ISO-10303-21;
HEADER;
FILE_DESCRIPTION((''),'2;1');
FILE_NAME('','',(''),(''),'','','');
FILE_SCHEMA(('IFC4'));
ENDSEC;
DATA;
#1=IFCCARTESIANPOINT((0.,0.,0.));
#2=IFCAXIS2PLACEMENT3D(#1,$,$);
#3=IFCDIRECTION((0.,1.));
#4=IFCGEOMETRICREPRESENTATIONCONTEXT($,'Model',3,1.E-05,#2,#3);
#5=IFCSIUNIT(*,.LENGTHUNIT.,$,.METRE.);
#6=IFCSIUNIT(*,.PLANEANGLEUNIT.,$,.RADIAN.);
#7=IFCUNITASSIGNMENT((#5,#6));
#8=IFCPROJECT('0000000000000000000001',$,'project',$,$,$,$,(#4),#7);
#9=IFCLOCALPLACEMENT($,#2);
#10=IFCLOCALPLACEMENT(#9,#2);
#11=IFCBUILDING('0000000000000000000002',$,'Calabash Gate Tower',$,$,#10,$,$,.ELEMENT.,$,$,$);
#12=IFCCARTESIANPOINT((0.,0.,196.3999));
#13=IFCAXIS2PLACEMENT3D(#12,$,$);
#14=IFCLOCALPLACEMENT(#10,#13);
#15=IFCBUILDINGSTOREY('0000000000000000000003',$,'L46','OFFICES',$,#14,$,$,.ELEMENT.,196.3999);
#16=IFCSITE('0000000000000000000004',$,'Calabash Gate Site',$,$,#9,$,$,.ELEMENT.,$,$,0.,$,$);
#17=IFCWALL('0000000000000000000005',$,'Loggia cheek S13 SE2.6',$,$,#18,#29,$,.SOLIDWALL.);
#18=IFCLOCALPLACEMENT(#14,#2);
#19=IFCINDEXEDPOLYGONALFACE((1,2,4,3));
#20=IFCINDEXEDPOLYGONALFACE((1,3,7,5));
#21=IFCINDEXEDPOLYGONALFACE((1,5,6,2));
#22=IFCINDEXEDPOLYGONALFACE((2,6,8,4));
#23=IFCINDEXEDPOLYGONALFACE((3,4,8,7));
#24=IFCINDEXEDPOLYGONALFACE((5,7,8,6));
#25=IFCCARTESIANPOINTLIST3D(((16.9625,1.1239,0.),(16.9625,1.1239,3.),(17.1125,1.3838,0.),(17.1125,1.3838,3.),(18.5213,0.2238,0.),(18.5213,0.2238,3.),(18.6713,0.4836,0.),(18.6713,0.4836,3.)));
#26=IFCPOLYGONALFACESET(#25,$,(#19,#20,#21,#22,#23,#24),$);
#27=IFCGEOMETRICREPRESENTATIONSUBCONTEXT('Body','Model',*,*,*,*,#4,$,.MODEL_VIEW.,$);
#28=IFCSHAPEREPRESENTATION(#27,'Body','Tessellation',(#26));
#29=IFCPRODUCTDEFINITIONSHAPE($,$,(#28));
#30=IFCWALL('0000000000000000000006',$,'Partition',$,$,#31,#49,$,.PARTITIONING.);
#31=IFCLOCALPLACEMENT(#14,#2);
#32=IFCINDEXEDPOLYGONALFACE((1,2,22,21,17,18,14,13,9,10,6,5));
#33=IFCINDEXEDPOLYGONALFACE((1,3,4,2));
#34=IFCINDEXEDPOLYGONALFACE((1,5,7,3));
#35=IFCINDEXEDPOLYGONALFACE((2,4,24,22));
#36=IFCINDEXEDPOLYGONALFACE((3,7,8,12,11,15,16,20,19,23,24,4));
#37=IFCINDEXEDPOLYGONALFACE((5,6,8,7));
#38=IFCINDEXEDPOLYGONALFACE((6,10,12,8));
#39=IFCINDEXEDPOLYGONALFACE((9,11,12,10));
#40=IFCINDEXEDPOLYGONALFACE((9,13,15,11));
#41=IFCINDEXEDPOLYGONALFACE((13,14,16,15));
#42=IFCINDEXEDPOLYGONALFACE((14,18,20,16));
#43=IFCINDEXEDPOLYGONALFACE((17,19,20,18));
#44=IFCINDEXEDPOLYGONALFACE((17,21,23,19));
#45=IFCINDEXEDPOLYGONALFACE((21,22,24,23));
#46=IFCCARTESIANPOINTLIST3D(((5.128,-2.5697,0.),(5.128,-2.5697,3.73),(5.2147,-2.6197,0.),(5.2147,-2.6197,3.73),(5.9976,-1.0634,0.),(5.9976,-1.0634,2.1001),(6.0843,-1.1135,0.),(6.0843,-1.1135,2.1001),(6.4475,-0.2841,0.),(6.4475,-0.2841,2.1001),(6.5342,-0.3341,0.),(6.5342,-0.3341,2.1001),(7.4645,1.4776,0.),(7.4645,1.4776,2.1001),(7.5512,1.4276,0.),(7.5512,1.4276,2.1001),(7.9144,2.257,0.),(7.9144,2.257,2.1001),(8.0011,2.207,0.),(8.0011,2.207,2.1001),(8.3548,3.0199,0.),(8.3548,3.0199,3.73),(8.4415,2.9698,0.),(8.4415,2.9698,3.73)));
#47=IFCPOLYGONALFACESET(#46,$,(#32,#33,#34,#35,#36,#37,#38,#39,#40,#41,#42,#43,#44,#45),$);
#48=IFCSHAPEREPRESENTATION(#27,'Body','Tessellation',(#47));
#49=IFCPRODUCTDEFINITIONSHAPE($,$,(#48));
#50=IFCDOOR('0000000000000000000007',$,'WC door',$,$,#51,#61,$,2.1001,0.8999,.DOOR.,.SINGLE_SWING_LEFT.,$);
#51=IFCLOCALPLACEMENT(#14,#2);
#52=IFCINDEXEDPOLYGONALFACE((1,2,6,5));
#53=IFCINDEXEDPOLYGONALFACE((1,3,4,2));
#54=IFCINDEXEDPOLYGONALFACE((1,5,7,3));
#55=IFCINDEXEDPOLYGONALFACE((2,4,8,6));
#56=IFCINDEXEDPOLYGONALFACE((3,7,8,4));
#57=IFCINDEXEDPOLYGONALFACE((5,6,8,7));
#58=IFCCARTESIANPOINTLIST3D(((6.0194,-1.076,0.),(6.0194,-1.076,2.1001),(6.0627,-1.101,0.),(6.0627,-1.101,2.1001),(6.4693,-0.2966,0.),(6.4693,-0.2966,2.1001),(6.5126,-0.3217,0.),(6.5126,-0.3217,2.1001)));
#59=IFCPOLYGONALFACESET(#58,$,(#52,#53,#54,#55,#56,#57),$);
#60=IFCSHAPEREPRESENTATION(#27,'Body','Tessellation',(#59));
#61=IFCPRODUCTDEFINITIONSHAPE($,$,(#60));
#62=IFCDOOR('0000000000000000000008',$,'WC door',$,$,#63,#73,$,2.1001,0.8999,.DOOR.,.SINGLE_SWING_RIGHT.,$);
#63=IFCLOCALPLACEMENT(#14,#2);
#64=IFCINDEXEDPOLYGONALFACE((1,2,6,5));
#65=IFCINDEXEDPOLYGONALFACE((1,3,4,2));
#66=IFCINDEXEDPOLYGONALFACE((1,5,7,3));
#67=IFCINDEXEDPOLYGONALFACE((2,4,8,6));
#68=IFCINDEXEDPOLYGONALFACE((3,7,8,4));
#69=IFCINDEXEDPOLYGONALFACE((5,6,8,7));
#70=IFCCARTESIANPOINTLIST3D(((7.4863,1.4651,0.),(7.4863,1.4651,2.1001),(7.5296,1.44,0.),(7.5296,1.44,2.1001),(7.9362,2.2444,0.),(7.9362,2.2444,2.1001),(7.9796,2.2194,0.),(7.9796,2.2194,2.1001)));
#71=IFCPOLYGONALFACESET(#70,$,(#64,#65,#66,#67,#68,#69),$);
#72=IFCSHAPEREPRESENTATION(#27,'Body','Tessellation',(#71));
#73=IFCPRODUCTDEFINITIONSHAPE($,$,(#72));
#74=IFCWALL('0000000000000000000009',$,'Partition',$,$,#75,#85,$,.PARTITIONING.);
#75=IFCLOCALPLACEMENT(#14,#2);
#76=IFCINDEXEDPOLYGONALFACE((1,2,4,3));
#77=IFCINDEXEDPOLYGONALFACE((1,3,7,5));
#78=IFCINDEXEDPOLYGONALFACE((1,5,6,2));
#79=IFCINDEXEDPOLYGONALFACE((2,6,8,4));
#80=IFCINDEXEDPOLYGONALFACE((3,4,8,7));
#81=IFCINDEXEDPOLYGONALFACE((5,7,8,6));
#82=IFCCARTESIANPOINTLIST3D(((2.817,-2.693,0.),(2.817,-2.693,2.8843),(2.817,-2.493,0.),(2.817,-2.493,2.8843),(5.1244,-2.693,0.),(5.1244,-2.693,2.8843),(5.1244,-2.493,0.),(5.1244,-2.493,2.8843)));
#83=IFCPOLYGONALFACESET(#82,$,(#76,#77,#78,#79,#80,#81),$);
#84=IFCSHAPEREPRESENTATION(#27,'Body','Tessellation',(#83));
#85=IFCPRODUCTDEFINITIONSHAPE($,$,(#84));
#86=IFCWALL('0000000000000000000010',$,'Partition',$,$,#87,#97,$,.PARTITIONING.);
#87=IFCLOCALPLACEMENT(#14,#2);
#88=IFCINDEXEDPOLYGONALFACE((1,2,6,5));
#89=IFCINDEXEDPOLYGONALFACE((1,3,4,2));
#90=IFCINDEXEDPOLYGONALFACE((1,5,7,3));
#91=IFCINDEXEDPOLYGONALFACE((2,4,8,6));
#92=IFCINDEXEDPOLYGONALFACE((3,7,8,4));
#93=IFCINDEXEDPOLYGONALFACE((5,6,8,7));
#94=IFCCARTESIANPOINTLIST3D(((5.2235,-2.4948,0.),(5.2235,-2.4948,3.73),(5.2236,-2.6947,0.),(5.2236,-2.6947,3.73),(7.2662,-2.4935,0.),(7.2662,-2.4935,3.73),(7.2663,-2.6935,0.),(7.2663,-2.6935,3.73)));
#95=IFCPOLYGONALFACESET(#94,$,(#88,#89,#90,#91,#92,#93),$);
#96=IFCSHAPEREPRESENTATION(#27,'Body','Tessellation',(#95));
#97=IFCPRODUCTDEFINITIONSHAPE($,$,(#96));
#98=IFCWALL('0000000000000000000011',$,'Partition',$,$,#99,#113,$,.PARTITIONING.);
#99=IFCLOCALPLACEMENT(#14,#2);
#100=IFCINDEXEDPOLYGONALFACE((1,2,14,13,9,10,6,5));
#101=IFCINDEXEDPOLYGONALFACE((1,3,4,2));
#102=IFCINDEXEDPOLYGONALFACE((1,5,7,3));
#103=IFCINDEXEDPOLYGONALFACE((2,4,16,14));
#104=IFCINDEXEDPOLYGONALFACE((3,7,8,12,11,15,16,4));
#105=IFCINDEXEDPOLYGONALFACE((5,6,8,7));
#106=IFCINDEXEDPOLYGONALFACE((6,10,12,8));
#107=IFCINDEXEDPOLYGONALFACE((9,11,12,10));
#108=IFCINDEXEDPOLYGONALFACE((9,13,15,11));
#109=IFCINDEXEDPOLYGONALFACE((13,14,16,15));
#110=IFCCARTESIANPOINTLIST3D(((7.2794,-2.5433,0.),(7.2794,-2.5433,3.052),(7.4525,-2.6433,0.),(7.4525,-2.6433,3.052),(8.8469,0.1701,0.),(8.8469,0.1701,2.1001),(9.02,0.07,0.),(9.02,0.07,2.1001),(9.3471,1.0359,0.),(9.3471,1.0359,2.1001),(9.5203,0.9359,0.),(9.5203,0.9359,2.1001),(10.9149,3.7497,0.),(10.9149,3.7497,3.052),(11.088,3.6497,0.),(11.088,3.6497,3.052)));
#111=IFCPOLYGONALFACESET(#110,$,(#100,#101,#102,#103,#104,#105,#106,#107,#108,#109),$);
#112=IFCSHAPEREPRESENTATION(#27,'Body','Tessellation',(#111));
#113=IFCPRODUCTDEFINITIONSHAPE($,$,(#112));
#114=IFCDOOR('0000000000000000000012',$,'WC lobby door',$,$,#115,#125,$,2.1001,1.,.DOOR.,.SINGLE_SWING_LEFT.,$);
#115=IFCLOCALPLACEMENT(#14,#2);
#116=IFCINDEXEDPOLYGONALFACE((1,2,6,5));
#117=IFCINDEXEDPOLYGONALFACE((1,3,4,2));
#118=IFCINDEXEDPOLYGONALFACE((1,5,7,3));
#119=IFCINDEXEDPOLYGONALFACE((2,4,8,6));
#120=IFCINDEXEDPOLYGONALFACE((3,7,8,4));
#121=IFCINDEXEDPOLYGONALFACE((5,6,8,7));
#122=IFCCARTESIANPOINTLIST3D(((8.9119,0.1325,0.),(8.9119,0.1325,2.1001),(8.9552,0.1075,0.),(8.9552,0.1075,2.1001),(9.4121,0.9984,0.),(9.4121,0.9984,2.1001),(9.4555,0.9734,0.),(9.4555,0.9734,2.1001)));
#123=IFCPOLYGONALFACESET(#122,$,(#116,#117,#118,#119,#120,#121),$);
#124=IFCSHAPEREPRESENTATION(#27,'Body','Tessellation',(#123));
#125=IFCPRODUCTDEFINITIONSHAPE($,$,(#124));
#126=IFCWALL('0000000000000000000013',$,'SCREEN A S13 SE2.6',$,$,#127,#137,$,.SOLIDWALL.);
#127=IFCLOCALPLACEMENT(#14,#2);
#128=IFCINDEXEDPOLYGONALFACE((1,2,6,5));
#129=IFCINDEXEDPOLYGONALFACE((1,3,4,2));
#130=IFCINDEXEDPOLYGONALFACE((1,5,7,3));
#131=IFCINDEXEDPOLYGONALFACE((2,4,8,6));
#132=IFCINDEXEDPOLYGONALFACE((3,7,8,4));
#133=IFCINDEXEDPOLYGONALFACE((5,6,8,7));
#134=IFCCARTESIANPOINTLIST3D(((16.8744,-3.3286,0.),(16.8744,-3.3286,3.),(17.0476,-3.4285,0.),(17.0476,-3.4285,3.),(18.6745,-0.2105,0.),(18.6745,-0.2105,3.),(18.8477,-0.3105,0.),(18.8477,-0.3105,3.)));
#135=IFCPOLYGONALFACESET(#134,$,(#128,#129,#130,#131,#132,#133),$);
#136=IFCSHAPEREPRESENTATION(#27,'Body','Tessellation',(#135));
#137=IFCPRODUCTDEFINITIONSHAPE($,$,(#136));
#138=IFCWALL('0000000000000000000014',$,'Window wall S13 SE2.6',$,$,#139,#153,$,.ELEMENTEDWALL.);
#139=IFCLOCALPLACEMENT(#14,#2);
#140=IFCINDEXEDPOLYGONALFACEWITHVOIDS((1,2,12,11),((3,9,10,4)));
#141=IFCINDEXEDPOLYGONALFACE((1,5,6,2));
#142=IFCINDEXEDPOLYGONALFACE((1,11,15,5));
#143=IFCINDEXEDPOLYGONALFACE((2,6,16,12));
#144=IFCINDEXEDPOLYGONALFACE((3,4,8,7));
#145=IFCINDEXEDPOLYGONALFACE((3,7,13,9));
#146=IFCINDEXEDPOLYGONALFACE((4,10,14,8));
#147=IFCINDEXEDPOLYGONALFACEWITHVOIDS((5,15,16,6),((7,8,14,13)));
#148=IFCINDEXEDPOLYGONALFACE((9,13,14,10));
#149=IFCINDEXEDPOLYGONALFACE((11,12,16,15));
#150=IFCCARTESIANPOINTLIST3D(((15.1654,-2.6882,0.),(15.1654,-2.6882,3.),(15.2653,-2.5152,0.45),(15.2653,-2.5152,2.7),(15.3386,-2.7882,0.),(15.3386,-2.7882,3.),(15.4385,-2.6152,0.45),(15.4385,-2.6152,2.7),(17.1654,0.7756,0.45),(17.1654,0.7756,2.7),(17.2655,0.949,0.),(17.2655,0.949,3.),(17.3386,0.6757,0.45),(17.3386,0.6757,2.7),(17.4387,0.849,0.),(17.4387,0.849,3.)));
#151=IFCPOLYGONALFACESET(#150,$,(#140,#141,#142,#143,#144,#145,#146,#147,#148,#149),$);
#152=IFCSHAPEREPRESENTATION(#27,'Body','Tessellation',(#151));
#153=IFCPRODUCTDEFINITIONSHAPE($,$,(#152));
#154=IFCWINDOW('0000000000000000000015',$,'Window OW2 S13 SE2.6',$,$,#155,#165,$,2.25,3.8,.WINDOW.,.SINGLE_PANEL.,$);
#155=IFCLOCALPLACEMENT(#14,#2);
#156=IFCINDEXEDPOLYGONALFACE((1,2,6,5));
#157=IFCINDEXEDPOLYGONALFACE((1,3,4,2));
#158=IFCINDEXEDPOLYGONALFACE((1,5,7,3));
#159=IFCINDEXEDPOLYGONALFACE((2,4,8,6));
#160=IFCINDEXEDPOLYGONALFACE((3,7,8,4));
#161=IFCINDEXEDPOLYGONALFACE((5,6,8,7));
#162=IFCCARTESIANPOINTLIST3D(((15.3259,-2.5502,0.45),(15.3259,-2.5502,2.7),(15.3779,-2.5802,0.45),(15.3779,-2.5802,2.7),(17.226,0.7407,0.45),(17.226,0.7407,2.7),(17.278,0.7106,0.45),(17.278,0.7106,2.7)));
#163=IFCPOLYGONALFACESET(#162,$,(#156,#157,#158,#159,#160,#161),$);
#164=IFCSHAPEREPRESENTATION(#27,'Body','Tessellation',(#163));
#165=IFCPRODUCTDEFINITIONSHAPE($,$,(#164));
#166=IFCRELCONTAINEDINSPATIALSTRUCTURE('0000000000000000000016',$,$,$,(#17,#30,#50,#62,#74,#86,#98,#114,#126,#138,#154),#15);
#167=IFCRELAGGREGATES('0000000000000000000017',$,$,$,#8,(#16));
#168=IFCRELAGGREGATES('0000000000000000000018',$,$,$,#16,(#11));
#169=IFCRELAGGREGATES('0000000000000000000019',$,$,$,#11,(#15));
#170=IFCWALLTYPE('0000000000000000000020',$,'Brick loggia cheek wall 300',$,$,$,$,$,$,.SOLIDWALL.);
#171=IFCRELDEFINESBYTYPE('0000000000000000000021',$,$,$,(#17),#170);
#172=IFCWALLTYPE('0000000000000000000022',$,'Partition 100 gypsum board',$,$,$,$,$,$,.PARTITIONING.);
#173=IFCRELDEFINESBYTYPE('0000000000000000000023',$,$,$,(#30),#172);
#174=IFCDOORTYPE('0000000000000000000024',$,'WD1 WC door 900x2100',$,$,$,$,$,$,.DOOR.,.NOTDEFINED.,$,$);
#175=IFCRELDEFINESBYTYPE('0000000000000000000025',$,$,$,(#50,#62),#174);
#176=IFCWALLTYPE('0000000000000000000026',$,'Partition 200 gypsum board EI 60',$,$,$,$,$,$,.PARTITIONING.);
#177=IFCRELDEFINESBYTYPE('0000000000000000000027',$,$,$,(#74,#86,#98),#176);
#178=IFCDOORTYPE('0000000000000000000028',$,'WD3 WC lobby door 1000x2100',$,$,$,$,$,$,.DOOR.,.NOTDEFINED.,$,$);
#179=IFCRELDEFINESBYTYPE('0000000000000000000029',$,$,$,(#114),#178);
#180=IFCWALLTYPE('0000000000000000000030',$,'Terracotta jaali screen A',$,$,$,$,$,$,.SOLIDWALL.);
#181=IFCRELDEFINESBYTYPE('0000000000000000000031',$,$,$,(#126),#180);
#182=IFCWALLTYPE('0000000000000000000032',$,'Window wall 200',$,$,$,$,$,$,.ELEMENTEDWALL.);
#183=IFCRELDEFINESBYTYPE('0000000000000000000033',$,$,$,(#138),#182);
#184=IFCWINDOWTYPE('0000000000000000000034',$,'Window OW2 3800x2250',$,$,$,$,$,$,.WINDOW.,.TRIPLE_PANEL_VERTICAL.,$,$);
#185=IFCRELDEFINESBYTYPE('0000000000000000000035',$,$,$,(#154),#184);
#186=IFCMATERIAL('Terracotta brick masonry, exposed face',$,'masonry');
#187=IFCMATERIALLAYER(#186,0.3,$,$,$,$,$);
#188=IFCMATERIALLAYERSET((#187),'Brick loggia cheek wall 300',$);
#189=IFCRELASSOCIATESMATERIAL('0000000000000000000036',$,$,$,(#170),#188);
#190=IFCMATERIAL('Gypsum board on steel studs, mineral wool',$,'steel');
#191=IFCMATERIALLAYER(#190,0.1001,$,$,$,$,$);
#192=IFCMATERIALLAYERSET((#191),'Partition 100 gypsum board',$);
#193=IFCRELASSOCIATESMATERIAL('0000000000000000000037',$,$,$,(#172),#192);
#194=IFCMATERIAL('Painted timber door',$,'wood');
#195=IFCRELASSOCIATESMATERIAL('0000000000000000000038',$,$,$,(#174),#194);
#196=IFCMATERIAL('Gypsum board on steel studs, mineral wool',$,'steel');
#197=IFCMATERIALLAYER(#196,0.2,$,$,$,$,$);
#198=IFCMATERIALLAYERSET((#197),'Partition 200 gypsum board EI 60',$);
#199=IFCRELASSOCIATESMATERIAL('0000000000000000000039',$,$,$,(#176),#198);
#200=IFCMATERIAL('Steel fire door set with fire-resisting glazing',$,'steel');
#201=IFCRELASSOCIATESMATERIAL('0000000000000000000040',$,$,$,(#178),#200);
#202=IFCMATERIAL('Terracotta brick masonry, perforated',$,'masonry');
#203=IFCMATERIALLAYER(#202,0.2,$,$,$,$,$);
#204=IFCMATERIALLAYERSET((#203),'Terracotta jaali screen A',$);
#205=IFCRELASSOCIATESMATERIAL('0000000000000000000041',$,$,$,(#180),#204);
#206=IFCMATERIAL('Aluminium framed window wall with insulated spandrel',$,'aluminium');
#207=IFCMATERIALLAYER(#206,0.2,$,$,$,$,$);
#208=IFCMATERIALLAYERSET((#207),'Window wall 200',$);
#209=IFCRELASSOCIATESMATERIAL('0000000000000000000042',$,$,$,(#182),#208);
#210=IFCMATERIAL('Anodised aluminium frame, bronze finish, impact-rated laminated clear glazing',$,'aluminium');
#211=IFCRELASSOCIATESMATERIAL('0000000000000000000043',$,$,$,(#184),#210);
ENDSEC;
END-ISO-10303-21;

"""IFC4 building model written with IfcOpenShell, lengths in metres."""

from ifc_helpers import new_model, si_unit, direction, frame, frame_2d, origin, place, context, subcontext, project, spatial, rectangle, extrude, material, layer, layer_set, type_object, element, fill, save


model = new_model("IFC4")

# Units and contexts
model_context = context("Model", 3, precision=1e-05, world=origin(), true_north=direction((0.0, 1.0)))
body_context = subcontext(model_context, "Body", "Model", "MODEL_VIEW")
ifc_project = project(units=[si_unit("LENGTHUNIT", "METRE"), si_unit("PLANEANGLEUNIT", "RADIAN")], contexts=[model_context])

# Site, building, storey
site_placement = place(None, origin())
site = spatial("IfcSite", under=ifc_project, at=site_placement, Name="Calabash Gate Site", CompositionType="ELEMENT", RefElevation=0.0)
building_placement = place(site_placement, origin())
building = spatial("IfcBuilding", under=site, at=building_placement, Name="Calabash Gate Tower", CompositionType="ELEMENT")
storey_placement = place(building_placement, frame((0.0, 0.0, 196.3999)))
storey = spatial("IfcBuildingStorey", under=building, at=storey_placement, Name="L46", Description="OFFICES", CompositionType="ELEMENT", Elevation=196.3999)

# Wall
ifc_material_1 = material(Name="Terracotta brick masonry, exposed face", Category="masonry")
ifc_layer_1 = layer(ifc_material_1, 0.3)
ifc_layer_set_1 = layer_set([ifc_layer_1], Name="Brick loggia cheek wall 300")
wall_type_1 = type_object("IfcWallType", Name="Brick loggia cheek wall 300", PredefinedType="SOLIDWALL", material=ifc_layer_set_1)
for number, where, z_axis, x_axis, name in (
    (1, (18.5962, 0.3538, 0.0), (0.0, 0.0, 1.0), (-0.865989, 0.500063, 0.0), "Loggia cheek S13 SE2.6"),
):
    element("IfcWall", number, at=place(storey_placement, frame(where, z_axis=z_axis, x_axis=x_axis)), inside=storey, type_object=wall_type_1, Name=name, PredefinedType="SOLIDWALL", context=body_context, shape_type="SweptSolid", body=[
        extrude(rectangle(XDim=1.8, YDim=0.3, at=frame_2d((0.8999, 0.0))), origin(), (0.0, 0.0, 1.0), 3.0),
    ])

# Wall, openings, doors
ifc_material_2 = material(Name="Gypsum board on steel studs, mineral wool", Category="steel")
ifc_layer_2 = layer(ifc_material_2, 0.1001)
ifc_layer_set_2 = layer_set([ifc_layer_2], Name="Partition 100 gypsum board")
wall_type_2 = type_object("IfcWallType", Name="Partition 100 gypsum board", PredefinedType="PARTITIONING", material=ifc_layer_set_2)
wall_1_placement = place(storey_placement, frame((5.1714, -2.5947, 0.0), z_axis=(0.0, 0.0, 1.0), x_axis=(0.499959, 0.866049, 0.0)))
wall_1 = element("IfcWall", 2, at=wall_1_placement, inside=storey, type_object=wall_type_2, Name="Partition", PredefinedType="PARTITIONING", context=body_context, shape_type="SweptSolid", body=[
    extrude(rectangle(XDim=6.4541, YDim=0.1001, at=frame_2d((3.2271, 0.0))), origin(), (0.0, 0.0, 1.0), 3.73),
])
opening_1_placement = place(wall_1_placement, frame((1.7393, 0.0, 0.0)))
opening_1 = element("IfcOpeningElement", 3, at=opening_1_placement, cuts=wall_1, PredefinedType="OPENING", context=body_context, shape_type="SweptSolid", body=[
    extrude(rectangle(XDim=0.8999, YDim=2.1001, at=frame_2d((0.45, 1.05))), frame((0.0, 0.0601, 0.0), z_axis=(0.0, -1.0, 0.0), x_axis=(1.0, 0.0, 0.0)), (0.0, 0.0, 1.0), 0.1201),
])
opening_2_placement = place(wall_1_placement, frame((4.6733, 0.0, 0.0)))
opening_2 = element("IfcOpeningElement", 4, at=opening_2_placement, cuts=wall_1, PredefinedType="OPENING", context=body_context, shape_type="SweptSolid", body=[
    extrude(rectangle(XDim=0.8999, YDim=2.1001, at=frame_2d((0.45, 1.05))), frame((0.0, 0.0601, 0.0), z_axis=(0.0, -1.0, 0.0), x_axis=(1.0, 0.0, 0.0)), (0.0, 0.0, 1.0), 0.1201),
])
ifc_material_3 = material(Name="Painted timber door", Category="wood")
door_type_1 = type_object("IfcDoorType", Name="WD1 WC door 900x2100", OperationType="NOTDEFINED", PredefinedType="DOOR", material=ifc_material_3)
door_1_placement = place(opening_1_placement, origin())
door_1 = element("IfcDoor", 5, at=door_1_placement, inside=storey, type_object=door_type_1, Name="WC door", OperationType="SINGLE_SWING_LEFT", OverallHeight=2.1001, OverallWidth=0.8999, PredefinedType="DOOR", context=body_context, shape_type="SweptSolid", body=[
    extrude(rectangle(XDim=0.8999, YDim=2.1001, at=frame_2d((0.45, 1.05))), frame((0.0, 0.0249, 0.0), z_axis=(0.0, -1.0, 0.0), x_axis=(1.0, 0.0, 0.0)), (0.0, 0.0, 1.0), 0.05),
])
fill(opening_1, door_1)
door_2_placement = place(opening_2_placement, origin())
door_2 = element("IfcDoor", 6, at=door_2_placement, inside=storey, type_object=door_type_1, Name="WC door", OperationType="SINGLE_SWING_RIGHT", OverallHeight=2.1001, OverallWidth=0.8999, PredefinedType="DOOR", context=body_context, shape_type="SweptSolid", body=[
    extrude(rectangle(XDim=0.8999, YDim=2.1001, at=frame_2d((0.45, 1.05))), frame((0.0, 0.0249, 0.0), z_axis=(0.0, -1.0, 0.0), x_axis=(1.0, 0.0, 0.0)), (0.0, 0.0, 1.0), 0.05),
])
fill(opening_2, door_2)

# Walls
ifc_material_4 = material(Name="Gypsum board on steel studs, mineral wool", Category="steel")
ifc_layer_3 = layer(ifc_material_4, 0.2)
ifc_layer_set_3 = layer_set([ifc_layer_3], Name="Partition 200 gypsum board EI 60")
wall_type_3 = type_object("IfcWallType", Name="Partition 200 gypsum board EI 60", PredefinedType="PARTITIONING", material=ifc_layer_set_3)
wall_2_placement = place(storey_placement, frame((2.8169, -2.593, 0.0), z_axis=(0.0, 0.0, 1.0), x_axis=(1.0, 0.0, 0.0)))
element("IfcWall", 7, at=wall_2_placement, inside=storey, type_object=wall_type_3, Name="Partition", PredefinedType="PARTITIONING", context=body_context, shape_type="SweptSolid", body=[
    extrude(rectangle(XDim=2.3074, YDim=0.2, at=frame_2d((1.1538, 0.0))), origin(), (0.0, 0.0, 1.0), 2.8843),
])
wall_3_placement = place(storey_placement, frame((5.2234, -2.5947, 0.0), z_axis=(0.0, 0.0, 1.0), x_axis=(1.0, 0.000598, 0.0)))
element("IfcWall", 8, at=wall_3_placement, inside=storey, type_object=wall_type_3, Name="Partition", PredefinedType="PARTITIONING", context=body_context, shape_type="SweptSolid", body=[
    extrude(rectangle(XDim=2.0427, YDim=0.2, at=frame_2d((1.0215, 0.0))), origin(), (0.0, 0.0, 1.0), 3.73),
])

# Wall, opening, door
wall_4_placement = place(storey_placement, frame((7.366, -2.5933, 0.0), z_axis=(0.0, 0.0, 1.0), x_axis=(0.500232, 0.865891, 0.0)))
wall_4 = element("IfcWall", 9, at=wall_4_placement, inside=storey, type_object=wall_type_3, Name="Partition", PredefinedType="PARTITIONING", context=body_context, shape_type="SweptSolid", body=[
    extrude(rectangle(XDim=7.2676, YDim=0.2, at=frame_2d((3.6338, 0.0))), origin(), (0.0, 0.0, 1.0), 3.052),
])
opening_3_placement = place(wall_4_placement, frame((3.1335, 0.0, 0.0)))
opening_3 = element("IfcOpeningElement", 10, at=opening_3_placement, cuts=wall_4, PredefinedType="OPENING", context=body_context, shape_type="SweptSolid", body=[
    extrude(rectangle(XDim=1.0, YDim=2.1001, at=frame_2d((0.5, 1.05))), frame((0.0, 0.1099, 0.0), z_axis=(0.0, -1.0, 0.0), x_axis=(1.0, 0.0, 0.0)), (0.0, 0.0, 1.0), 0.22),
])
ifc_material_5 = material(Name="Steel fire door set with fire-resisting glazing", Category="steel")
door_type_2 = type_object("IfcDoorType", Name="WD3 WC lobby door 1000x2100", OperationType="NOTDEFINED", PredefinedType="DOOR", material=ifc_material_5)
door_3_placement = place(opening_3_placement, origin())
door_3 = element("IfcDoor", 11, at=door_3_placement, inside=storey, type_object=door_type_2, Name="WC lobby door", OperationType="SINGLE_SWING_LEFT", OverallHeight=2.1001, OverallWidth=1.0, PredefinedType="DOOR", context=body_context, shape_type="SweptSolid", body=[
    extrude(rectangle(XDim=1.0, YDim=2.1001, at=frame_2d((0.5, 1.05))), frame((0.0, 0.0249, 0.0), z_axis=(0.0, -1.0, 0.0), x_axis=(1.0, 0.0, 0.0)), (0.0, 0.0, 1.0), 0.05),
])
fill(opening_3, door_3)

# Wall
ifc_material_6 = material(Name="Terracotta brick masonry, perforated", Category="masonry")
ifc_layer_4 = layer(ifc_material_6, 0.2)
ifc_layer_set_4 = layer_set([ifc_layer_4], Name="Terracotta jaali screen A")
wall_type_4 = type_object("IfcWallType", Name="Terracotta jaali screen A", PredefinedType="SOLIDWALL", material=ifc_layer_set_4)
wall_5_placement = place(storey_placement, frame((16.9609, -3.3787, 0.0), z_axis=(0.0, 0.0, 1.0), x_axis=(0.499983, 0.866035, 0.0)))
element("IfcWall", 12, at=wall_5_placement, inside=storey, type_object=wall_type_4, Name="SCREEN A S13 SE2.6", PredefinedType="SOLIDWALL", context=body_context, shape_type="SweptSolid", body=[
    extrude(rectangle(XDim=3.6003, YDim=0.2, at=frame_2d((1.8003, 0.0))), origin(), (0.0, 0.0, 1.0), 3.0),
])

# Wall, opening, window
ifc_material_7 = material(Name="Aluminium framed window wall with insulated spandrel", Category="aluminium")
ifc_layer_5 = layer(ifc_material_7, 0.2)
ifc_layer_set_5 = layer_set([ifc_layer_5], Name="Window wall 200")
wall_type_5 = type_object("IfcWallType", Name="Window wall 200", PredefinedType="ELEMENTEDWALL", material=ifc_layer_set_5)
wall_6_placement = place(storey_placement, frame((15.252, -2.7383, 0.0), z_axis=(0.0, 0.0, 1.0), x_axis=(0.500028, 0.866009, 0.0)))
wall_6 = element("IfcWall", 13, at=wall_6_placement, inside=storey, type_object=wall_type_5, Name="Window wall S13 SE2.6", PredefinedType="ELEMENTEDWALL", context=body_context, shape_type="SweptSolid", body=[
    extrude(rectangle(XDim=4.2, YDim=0.2, at=frame_2d((2.1001, 0.0))), origin(), (0.0, 0.0, 1.0), 3.0),
])
opening_4_placement = place(wall_6_placement, frame((0.2, 0.0, 0.45)))
opening_4 = element("IfcOpeningElement", 14, at=opening_4_placement, cuts=wall_6, PredefinedType="OPENING", context=body_context, shape_type="SweptSolid", body=[
    extrude(rectangle(XDim=3.8, YDim=2.25, at=frame_2d((1.8999, 1.125))), frame((0.0, 0.1099, 0.0), z_axis=(0.0, -1.0, 0.0), x_axis=(1.0, 0.0, 0.0)), (0.0, 0.0, 1.0), 0.22),
])
ifc_material_8 = material(Name="Anodised aluminium frame, bronze finish, impact-rated laminated clear glazing", Category="aluminium")
window_type = type_object("IfcWindowType", Name="Window OW2 3800x2250", PartitioningType="TRIPLE_PANEL_VERTICAL", PredefinedType="WINDOW", material=ifc_material_8)
window_placement = place(opening_4_placement, origin())
window = element("IfcWindow", 15, at=window_placement, inside=storey, type_object=window_type, Name="Window OW2 S13 SE2.6", OverallHeight=2.25, OverallWidth=3.8, PartitioningType="SINGLE_PANEL", PredefinedType="WINDOW", context=body_context, shape_type="SweptSolid", body=[
    extrude(rectangle(XDim=3.8, YDim=2.25, at=frame_2d((1.8999, 1.125))), frame((0.0, 0.03, 0.0), z_axis=(0.0, -1.0, 0.0), x_axis=(1.0, 0.0, 0.0)), (0.0, 0.0, 1.0), 0.0601),
])
fill(opening_4, window)

save(model, "model.ifc")
